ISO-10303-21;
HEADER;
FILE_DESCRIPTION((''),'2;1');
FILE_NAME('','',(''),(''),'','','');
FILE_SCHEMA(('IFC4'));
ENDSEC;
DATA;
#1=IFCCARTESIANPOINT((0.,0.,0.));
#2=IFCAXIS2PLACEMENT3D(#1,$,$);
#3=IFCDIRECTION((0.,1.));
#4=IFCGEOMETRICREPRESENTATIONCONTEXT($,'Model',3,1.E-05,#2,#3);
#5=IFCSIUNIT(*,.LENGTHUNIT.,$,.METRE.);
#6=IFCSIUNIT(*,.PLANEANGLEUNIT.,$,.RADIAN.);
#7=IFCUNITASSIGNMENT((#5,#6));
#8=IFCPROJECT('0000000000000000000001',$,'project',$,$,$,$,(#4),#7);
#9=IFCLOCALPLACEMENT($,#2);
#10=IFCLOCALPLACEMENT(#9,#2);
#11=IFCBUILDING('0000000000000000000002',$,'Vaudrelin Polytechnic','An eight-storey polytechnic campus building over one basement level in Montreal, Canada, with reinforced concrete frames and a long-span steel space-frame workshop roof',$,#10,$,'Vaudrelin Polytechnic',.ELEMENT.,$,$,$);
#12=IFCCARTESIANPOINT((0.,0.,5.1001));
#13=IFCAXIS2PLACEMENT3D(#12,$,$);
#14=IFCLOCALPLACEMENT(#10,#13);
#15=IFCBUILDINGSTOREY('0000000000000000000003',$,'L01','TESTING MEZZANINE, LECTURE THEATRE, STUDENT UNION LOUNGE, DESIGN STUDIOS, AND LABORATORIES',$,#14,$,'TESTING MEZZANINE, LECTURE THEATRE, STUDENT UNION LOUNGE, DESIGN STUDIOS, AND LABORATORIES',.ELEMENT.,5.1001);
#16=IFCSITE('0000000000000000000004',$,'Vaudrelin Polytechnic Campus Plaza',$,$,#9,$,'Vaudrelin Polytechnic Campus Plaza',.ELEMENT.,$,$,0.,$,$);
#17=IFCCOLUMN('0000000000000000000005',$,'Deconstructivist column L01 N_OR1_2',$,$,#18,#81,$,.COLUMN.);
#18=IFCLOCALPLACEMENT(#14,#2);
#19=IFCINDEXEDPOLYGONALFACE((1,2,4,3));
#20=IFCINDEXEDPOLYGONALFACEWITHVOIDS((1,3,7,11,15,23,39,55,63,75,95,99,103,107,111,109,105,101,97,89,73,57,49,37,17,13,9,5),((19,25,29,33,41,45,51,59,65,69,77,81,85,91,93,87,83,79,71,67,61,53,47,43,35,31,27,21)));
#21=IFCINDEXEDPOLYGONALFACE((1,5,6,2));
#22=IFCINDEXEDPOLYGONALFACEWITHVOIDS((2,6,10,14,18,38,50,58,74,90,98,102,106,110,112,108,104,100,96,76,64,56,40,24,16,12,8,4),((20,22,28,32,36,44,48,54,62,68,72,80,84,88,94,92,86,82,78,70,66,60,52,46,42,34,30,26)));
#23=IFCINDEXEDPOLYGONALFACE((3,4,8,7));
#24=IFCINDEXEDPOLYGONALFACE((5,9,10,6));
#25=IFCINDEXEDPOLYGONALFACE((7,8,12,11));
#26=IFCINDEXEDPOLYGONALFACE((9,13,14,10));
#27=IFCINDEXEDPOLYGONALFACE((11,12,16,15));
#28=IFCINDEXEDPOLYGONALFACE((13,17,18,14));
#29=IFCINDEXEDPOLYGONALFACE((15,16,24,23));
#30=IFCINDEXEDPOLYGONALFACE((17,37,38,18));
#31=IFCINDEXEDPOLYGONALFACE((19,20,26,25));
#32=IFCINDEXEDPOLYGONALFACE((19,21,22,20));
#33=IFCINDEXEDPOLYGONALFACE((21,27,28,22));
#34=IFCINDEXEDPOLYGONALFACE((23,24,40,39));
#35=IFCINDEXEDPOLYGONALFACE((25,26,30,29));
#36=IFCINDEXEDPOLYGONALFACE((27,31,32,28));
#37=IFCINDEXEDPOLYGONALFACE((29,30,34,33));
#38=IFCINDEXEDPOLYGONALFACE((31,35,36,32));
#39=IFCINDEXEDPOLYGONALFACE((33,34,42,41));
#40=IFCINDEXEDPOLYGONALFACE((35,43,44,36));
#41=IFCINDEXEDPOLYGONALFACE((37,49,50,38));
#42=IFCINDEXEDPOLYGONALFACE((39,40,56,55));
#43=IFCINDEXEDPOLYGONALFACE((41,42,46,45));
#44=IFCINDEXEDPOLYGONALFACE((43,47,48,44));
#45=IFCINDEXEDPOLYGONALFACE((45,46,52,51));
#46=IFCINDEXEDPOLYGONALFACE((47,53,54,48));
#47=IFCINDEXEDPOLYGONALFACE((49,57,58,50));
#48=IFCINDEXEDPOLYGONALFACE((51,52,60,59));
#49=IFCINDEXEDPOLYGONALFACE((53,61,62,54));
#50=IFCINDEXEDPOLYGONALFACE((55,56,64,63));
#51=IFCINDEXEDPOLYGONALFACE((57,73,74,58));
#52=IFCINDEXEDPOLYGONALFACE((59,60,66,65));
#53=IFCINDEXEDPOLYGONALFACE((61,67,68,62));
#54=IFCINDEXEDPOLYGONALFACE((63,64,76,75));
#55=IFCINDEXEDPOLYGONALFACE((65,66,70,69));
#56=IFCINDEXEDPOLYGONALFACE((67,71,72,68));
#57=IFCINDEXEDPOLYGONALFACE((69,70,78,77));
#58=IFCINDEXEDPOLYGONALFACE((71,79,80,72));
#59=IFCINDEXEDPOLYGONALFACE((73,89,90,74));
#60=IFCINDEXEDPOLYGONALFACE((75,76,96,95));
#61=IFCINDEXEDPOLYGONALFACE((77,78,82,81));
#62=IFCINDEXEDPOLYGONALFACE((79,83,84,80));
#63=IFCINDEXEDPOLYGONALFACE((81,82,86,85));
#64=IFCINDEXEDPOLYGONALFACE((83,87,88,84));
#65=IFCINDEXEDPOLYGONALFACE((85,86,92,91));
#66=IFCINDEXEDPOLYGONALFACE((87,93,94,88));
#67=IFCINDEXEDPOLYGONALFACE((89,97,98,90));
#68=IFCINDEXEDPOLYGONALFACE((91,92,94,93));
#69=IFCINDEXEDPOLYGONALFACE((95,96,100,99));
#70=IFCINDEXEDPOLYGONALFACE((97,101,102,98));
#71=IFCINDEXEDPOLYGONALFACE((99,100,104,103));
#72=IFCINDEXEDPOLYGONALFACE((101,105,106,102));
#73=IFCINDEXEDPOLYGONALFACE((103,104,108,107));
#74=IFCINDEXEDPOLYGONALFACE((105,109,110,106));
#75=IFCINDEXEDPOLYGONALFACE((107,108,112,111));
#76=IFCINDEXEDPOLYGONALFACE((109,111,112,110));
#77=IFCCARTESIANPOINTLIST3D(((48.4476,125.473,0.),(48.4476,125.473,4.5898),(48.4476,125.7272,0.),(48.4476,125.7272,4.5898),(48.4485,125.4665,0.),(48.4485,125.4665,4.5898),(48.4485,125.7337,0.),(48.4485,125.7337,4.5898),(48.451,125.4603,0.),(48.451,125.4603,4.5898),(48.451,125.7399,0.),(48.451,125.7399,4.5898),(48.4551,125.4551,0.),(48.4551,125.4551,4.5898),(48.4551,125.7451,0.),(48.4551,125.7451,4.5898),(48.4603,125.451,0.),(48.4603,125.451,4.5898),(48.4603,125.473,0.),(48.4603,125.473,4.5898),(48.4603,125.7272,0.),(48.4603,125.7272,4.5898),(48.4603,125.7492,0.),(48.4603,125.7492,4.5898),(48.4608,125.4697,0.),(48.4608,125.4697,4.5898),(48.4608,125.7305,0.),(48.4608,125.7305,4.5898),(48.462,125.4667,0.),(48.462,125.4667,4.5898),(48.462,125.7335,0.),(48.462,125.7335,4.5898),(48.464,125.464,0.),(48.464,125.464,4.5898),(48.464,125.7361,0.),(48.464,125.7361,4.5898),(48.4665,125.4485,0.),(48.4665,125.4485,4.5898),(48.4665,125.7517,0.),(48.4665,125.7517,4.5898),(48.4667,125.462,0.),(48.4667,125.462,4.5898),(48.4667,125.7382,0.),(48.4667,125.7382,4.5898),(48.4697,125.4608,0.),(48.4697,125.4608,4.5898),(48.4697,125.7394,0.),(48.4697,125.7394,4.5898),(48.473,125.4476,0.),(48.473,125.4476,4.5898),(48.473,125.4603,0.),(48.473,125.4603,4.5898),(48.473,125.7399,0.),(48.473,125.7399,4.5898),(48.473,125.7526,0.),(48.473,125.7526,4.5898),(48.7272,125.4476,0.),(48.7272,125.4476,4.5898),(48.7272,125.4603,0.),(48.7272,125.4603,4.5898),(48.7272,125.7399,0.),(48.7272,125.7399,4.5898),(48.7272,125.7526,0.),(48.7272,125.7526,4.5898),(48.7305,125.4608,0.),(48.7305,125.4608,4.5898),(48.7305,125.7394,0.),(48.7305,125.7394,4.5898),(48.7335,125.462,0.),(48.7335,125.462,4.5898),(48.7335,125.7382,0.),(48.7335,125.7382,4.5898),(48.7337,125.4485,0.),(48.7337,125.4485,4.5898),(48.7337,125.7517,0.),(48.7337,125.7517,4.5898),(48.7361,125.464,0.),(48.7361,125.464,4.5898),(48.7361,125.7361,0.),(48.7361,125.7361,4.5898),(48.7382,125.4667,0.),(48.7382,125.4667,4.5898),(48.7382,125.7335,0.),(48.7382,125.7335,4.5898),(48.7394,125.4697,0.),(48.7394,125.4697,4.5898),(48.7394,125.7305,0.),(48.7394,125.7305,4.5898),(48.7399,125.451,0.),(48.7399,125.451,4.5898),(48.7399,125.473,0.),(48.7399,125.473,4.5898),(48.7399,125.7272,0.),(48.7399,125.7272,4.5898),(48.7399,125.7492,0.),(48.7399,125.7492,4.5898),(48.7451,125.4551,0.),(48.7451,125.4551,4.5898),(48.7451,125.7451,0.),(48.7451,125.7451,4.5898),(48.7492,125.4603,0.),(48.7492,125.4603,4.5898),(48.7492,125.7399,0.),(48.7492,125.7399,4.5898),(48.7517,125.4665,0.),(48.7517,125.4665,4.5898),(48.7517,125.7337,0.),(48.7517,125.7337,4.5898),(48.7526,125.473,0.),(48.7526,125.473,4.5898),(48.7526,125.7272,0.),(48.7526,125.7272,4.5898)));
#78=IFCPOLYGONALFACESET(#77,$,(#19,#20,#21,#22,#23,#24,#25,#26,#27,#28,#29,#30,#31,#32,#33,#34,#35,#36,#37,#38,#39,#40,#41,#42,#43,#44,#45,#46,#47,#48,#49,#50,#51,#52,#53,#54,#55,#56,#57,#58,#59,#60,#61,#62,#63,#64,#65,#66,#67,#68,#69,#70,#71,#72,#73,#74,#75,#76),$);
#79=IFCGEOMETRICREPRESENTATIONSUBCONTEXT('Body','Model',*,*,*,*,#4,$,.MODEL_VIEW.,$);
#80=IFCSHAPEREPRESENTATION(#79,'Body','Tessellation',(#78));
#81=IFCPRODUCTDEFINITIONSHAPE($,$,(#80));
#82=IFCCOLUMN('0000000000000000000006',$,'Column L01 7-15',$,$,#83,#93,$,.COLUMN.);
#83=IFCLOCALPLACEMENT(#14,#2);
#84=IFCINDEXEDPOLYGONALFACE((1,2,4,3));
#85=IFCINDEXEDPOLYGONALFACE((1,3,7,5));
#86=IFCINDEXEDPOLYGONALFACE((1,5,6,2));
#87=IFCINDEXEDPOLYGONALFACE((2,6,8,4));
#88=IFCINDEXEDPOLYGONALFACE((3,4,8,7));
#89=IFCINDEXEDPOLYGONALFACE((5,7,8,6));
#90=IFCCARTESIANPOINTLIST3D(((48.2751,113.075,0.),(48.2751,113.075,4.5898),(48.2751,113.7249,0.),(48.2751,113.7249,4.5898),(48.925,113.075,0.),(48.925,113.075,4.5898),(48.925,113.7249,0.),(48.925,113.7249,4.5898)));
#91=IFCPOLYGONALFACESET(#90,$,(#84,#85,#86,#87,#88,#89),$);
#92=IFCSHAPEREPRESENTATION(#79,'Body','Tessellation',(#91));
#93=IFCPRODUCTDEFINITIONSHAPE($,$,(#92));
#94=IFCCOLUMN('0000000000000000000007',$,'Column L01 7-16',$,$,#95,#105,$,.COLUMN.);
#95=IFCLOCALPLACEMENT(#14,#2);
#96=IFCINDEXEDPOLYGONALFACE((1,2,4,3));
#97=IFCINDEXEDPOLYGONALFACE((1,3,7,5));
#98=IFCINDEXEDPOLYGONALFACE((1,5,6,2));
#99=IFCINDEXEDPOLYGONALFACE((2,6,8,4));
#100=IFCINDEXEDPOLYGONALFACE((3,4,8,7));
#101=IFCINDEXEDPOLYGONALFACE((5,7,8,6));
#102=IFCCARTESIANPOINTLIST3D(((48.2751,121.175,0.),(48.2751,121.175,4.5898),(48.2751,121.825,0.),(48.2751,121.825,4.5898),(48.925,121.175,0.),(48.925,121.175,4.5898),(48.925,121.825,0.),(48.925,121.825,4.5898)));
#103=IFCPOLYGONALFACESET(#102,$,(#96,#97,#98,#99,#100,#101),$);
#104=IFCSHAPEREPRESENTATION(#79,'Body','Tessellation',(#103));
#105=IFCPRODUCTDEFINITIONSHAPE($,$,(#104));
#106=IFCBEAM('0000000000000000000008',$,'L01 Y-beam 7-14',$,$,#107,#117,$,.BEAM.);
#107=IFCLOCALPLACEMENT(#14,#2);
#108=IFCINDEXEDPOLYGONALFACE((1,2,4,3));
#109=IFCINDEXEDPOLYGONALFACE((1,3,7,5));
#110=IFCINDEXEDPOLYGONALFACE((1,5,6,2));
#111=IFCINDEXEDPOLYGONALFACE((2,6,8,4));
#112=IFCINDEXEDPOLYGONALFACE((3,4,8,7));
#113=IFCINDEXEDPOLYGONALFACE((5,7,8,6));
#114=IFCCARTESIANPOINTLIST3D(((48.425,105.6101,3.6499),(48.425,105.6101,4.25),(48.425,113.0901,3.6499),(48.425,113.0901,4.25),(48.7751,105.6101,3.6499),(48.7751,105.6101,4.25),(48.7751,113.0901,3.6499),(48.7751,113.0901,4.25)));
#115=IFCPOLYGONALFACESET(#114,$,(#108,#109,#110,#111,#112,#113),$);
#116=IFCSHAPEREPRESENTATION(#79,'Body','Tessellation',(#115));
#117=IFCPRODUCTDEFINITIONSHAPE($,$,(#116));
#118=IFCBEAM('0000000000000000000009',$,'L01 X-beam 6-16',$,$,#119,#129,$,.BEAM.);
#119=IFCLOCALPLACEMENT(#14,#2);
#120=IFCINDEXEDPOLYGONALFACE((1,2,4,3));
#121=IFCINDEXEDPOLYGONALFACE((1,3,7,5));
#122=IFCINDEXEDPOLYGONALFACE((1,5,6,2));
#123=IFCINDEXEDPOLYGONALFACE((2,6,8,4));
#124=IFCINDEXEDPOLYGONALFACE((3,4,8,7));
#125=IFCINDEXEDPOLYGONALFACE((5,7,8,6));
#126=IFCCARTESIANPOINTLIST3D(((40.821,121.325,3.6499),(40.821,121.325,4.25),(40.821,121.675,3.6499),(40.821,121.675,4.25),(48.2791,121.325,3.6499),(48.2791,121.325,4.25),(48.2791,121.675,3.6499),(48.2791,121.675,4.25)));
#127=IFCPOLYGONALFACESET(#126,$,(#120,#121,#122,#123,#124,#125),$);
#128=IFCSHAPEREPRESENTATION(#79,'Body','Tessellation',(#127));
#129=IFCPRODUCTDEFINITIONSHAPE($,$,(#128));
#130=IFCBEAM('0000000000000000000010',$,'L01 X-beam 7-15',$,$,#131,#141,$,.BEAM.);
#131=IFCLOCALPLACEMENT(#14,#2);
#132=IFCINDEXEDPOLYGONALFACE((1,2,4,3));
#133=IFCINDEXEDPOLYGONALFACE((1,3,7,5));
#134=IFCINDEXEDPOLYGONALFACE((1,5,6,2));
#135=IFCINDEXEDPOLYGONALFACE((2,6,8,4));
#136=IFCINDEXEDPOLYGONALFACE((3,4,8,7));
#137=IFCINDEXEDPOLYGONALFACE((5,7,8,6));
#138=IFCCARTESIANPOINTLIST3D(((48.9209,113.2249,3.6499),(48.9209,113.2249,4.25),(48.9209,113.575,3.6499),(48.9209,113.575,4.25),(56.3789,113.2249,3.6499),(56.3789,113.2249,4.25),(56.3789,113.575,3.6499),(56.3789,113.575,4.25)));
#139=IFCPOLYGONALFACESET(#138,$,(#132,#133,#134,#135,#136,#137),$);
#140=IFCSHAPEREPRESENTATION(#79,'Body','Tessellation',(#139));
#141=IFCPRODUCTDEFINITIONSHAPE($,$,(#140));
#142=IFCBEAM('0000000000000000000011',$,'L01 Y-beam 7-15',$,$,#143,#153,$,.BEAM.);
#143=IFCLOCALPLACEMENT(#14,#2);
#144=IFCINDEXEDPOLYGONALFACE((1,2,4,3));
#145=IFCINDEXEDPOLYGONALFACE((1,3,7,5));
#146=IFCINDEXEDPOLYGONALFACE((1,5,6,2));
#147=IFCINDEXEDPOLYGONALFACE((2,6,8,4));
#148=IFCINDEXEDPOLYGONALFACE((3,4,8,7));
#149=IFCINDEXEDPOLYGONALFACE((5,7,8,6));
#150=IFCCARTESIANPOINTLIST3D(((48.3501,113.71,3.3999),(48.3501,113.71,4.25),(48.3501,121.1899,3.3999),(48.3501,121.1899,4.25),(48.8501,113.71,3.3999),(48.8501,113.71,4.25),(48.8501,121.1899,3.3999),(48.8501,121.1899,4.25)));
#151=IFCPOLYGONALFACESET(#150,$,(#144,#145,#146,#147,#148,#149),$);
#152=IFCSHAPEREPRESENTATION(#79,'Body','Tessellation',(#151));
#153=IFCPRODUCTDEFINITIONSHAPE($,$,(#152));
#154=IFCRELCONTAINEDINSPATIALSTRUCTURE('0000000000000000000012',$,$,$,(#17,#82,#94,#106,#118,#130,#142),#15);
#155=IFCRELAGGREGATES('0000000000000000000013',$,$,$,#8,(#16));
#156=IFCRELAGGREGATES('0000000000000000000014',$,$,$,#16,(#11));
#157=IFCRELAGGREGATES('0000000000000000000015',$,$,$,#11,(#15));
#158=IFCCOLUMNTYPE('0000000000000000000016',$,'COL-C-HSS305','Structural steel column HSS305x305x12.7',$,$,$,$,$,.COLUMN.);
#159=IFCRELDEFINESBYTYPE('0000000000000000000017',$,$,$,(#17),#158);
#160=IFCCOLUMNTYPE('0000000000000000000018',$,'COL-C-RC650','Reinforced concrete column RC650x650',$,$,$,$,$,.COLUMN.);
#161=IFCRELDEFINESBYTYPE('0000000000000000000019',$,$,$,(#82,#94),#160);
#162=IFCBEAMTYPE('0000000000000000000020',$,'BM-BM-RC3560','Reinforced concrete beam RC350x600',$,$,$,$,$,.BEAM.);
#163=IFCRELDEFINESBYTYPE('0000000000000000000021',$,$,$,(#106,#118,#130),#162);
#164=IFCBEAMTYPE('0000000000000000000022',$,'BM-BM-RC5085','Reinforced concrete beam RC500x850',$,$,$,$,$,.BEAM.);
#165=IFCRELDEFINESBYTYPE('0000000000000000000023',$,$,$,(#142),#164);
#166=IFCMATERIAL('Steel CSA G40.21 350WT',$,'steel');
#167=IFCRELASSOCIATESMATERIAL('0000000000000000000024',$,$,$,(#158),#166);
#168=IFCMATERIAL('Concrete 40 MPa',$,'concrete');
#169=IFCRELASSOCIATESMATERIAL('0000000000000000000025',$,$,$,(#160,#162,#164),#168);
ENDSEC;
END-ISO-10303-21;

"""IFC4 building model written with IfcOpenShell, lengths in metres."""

from ifc_helpers import new_model, si_unit, direction, frame, origin, origin_2d, place, context, subcontext, project, spatial, rectangle, hollow_rectangle, extrude, material, material_profile, profile_set, type_object, element, save


model = new_model("IFC4")

# Units and contexts
model_context = context("Model", 3, precision=1e-05, world=origin(), true_north=direction((0.0, 1.0)))
body_context = subcontext(model_context, "Body", "Model", "MODEL_VIEW")
ifc_project = project(units=[si_unit("LENGTHUNIT", "METRE"), si_unit("PLANEANGLEUNIT", "RADIAN")], contexts=[model_context])

# Site, building, storey
site_placement = place(None, origin())
site = spatial("IfcSite", under=ifc_project, at=site_placement, Name="Vaudrelin Polytechnic Campus Plaza", LongName="Vaudrelin Polytechnic Campus Plaza", CompositionType="ELEMENT", RefElevation=0.0)
building_placement = place(site_placement, origin())
building = spatial("IfcBuilding", under=site, at=building_placement, Name="Vaudrelin Polytechnic", Description="An eight-storey polytechnic campus building over one basement level in Montreal, Canada, with reinforced concrete frames and a long-span steel space-frame workshop roof", LongName="Vaudrelin Polytechnic", CompositionType="ELEMENT")
storey_placement = place(building_placement, frame((0.0, 0.0, 5.1001)))
storey = spatial("IfcBuildingStorey", under=building, at=storey_placement, Name="L01", Description="TESTING MEZZANINE, LECTURE THEATRE, STUDENT UNION LOUNGE, DESIGN STUDIOS, AND LABORATORIES", LongName="TESTING MEZZANINE, LECTURE THEATRE, STUDENT UNION LOUNGE, DESIGN STUDIOS, AND LABORATORIES", CompositionType="ELEMENT", Elevation=5.1001)

# Columns
ifc_material_1 = material(Name="Steel CSA G40.21 350WT", Category="steel")
ifc_material_profile_1 = material_profile(ifc_material_1, hollow_rectangle(XDim=0.3049, YDim=0.3049, WallThickness=0.0127, InnerFilletRadius=0.0127, OuterFilletRadius=0.0254, at=origin_2d()), Name="HSS305x305x12.7")
ifc_profile_set_1 = profile_set([ifc_material_profile_1], Name="Steel CSA G40.21 350WT")
column_type_1 = type_object("IfcColumnType", Name="COL-C-HSS305", Description="Structural steel column HSS305x305x12.7", PredefinedType="COLUMN", material=ifc_profile_set_1)
column_placement = place(storey_placement, frame((48.6001, 125.6001, 0.0), z_axis=(0.0, 0.0, 1.0), x_axis=(1.0, 0.0, 0.0)))
element("IfcColumn", 1, at=column_placement, inside=storey, type_object=column_type_1, Name="Deconstructivist column L01 N_OR1_2", PredefinedType="COLUMN", context=body_context, shape_type="SweptSolid", body=[
    extrude(hollow_rectangle(XDim=0.3049, YDim=0.3049, WallThickness=0.0127, InnerFilletRadius=0.0127, OuterFilletRadius=0.0254, at=origin_2d()), origin(), (0.0, 0.0, 1.0), 4.5898),
])
ifc_material_2 = material(Name="Concrete 40 MPa", Category="concrete")
ifc_material_profile_2 = material_profile(ifc_material_2, rectangle(XDim=0.6499, YDim=0.6499, at=origin_2d()), Name="RC650x650")
ifc_profile_set_2 = profile_set([ifc_material_profile_2], Name="Concrete 40 MPa")
column_type_2 = type_object("IfcColumnType", Name="COL-C-RC650", Description="Reinforced concrete column RC650x650", PredefinedType="COLUMN", material=ifc_profile_set_2)
for number, where, z_axis, x_axis, name in (
    (2, (48.6001, 113.3999, 0.0), (0.0, 0.0, 1.0), (1.0, 0.0, 0.0), "Column L01 7-15"),
    (3, (48.6001, 121.5, 0.0), (0.0, 0.0, 1.0), (1.0, 0.0, 0.0), "Column L01 7-16"),
):
    element("IfcColumn", number, at=place(storey_placement, frame(where, z_axis=z_axis, x_axis=x_axis)), inside=storey, type_object=column_type_2, Name=name, PredefinedType="COLUMN", context=body_context, shape_type="SweptSolid", body=[
        extrude(rectangle(XDim=0.6499, YDim=0.6499, at=origin_2d()), origin(), (0.0, 0.0, 1.0), 4.5898),
    ])

# Beams
ifc_material_profile_3 = material_profile(ifc_material_2, rectangle(XDim=0.3501, YDim=0.6001, at=origin_2d()), Name="RC350x600")
ifc_profile_set_3 = profile_set([ifc_material_profile_3], Name="Concrete 40 MPa")
beam_type_1 = type_object("IfcBeamType", Name="BM-BM-RC3560", Description="Reinforced concrete beam RC350x600", PredefinedType="BEAM", material=ifc_profile_set_3)
beam_1_placement = place(storey_placement, frame((48.6001, 105.6101, 3.95), z_axis=(0.0, 1.0, 0.0), x_axis=(-1.0, 0.0, 0.0)))
element("IfcBeam", 4, at=beam_1_placement, inside=storey, type_object=beam_type_1, Name="L01 Y-beam 7-14", PredefinedType="BEAM", context=body_context, shape_type="SweptSolid", body=[
    extrude(rectangle(XDim=0.3501, YDim=0.6001, at=origin_2d()), origin(), (0.0, 0.0, 1.0), 7.48),
])
for number, where, z_axis, x_axis, name in (
    (5, (40.821, 121.5, 3.95), (1.0, 0.0, 0.0), (0.0, 1.0, 0.0), "L01 X-beam 6-16"),
    (6, (48.9209, 113.3999, 3.95), (1.0, 0.0, 0.0), (0.0, 1.0, 0.0), "L01 X-beam 7-15"),
):
    element("IfcBeam", number, at=place(storey_placement, frame(where, z_axis=z_axis, x_axis=x_axis)), inside=storey, type_object=beam_type_1, Name=name, PredefinedType="BEAM", context=body_context, shape_type="SweptSolid", body=[
        extrude(rectangle(XDim=0.3501, YDim=0.6001, at=origin_2d()), origin(), (0.0, 0.0, 1.0), 7.458),
    ])
ifc_material_profile_4 = material_profile(ifc_material_2, rectangle(XDim=0.5, YDim=0.8501, at=origin_2d()), Name="RC500x850")
ifc_profile_set_4 = profile_set([ifc_material_profile_4], Name="Concrete 40 MPa")
beam_type_2 = type_object("IfcBeamType", Name="BM-BM-RC5085", Description="Reinforced concrete beam RC500x850", PredefinedType="BEAM", material=ifc_profile_set_4)
beam_2_placement = place(storey_placement, frame((48.6001, 113.71, 3.825), z_axis=(0.0, 1.0, 0.0), x_axis=(-1.0, 0.0, 0.0)))
element("IfcBeam", 7, at=beam_2_placement, inside=storey, type_object=beam_type_2, Name="L01 Y-beam 7-15", PredefinedType="BEAM", context=body_context, shape_type="SweptSolid", body=[
    extrude(rectangle(XDim=0.5, YDim=0.8501, at=origin_2d()), origin(), (0.0, 0.0, 1.0), 7.48),
])

save(model, "model.ifc")
